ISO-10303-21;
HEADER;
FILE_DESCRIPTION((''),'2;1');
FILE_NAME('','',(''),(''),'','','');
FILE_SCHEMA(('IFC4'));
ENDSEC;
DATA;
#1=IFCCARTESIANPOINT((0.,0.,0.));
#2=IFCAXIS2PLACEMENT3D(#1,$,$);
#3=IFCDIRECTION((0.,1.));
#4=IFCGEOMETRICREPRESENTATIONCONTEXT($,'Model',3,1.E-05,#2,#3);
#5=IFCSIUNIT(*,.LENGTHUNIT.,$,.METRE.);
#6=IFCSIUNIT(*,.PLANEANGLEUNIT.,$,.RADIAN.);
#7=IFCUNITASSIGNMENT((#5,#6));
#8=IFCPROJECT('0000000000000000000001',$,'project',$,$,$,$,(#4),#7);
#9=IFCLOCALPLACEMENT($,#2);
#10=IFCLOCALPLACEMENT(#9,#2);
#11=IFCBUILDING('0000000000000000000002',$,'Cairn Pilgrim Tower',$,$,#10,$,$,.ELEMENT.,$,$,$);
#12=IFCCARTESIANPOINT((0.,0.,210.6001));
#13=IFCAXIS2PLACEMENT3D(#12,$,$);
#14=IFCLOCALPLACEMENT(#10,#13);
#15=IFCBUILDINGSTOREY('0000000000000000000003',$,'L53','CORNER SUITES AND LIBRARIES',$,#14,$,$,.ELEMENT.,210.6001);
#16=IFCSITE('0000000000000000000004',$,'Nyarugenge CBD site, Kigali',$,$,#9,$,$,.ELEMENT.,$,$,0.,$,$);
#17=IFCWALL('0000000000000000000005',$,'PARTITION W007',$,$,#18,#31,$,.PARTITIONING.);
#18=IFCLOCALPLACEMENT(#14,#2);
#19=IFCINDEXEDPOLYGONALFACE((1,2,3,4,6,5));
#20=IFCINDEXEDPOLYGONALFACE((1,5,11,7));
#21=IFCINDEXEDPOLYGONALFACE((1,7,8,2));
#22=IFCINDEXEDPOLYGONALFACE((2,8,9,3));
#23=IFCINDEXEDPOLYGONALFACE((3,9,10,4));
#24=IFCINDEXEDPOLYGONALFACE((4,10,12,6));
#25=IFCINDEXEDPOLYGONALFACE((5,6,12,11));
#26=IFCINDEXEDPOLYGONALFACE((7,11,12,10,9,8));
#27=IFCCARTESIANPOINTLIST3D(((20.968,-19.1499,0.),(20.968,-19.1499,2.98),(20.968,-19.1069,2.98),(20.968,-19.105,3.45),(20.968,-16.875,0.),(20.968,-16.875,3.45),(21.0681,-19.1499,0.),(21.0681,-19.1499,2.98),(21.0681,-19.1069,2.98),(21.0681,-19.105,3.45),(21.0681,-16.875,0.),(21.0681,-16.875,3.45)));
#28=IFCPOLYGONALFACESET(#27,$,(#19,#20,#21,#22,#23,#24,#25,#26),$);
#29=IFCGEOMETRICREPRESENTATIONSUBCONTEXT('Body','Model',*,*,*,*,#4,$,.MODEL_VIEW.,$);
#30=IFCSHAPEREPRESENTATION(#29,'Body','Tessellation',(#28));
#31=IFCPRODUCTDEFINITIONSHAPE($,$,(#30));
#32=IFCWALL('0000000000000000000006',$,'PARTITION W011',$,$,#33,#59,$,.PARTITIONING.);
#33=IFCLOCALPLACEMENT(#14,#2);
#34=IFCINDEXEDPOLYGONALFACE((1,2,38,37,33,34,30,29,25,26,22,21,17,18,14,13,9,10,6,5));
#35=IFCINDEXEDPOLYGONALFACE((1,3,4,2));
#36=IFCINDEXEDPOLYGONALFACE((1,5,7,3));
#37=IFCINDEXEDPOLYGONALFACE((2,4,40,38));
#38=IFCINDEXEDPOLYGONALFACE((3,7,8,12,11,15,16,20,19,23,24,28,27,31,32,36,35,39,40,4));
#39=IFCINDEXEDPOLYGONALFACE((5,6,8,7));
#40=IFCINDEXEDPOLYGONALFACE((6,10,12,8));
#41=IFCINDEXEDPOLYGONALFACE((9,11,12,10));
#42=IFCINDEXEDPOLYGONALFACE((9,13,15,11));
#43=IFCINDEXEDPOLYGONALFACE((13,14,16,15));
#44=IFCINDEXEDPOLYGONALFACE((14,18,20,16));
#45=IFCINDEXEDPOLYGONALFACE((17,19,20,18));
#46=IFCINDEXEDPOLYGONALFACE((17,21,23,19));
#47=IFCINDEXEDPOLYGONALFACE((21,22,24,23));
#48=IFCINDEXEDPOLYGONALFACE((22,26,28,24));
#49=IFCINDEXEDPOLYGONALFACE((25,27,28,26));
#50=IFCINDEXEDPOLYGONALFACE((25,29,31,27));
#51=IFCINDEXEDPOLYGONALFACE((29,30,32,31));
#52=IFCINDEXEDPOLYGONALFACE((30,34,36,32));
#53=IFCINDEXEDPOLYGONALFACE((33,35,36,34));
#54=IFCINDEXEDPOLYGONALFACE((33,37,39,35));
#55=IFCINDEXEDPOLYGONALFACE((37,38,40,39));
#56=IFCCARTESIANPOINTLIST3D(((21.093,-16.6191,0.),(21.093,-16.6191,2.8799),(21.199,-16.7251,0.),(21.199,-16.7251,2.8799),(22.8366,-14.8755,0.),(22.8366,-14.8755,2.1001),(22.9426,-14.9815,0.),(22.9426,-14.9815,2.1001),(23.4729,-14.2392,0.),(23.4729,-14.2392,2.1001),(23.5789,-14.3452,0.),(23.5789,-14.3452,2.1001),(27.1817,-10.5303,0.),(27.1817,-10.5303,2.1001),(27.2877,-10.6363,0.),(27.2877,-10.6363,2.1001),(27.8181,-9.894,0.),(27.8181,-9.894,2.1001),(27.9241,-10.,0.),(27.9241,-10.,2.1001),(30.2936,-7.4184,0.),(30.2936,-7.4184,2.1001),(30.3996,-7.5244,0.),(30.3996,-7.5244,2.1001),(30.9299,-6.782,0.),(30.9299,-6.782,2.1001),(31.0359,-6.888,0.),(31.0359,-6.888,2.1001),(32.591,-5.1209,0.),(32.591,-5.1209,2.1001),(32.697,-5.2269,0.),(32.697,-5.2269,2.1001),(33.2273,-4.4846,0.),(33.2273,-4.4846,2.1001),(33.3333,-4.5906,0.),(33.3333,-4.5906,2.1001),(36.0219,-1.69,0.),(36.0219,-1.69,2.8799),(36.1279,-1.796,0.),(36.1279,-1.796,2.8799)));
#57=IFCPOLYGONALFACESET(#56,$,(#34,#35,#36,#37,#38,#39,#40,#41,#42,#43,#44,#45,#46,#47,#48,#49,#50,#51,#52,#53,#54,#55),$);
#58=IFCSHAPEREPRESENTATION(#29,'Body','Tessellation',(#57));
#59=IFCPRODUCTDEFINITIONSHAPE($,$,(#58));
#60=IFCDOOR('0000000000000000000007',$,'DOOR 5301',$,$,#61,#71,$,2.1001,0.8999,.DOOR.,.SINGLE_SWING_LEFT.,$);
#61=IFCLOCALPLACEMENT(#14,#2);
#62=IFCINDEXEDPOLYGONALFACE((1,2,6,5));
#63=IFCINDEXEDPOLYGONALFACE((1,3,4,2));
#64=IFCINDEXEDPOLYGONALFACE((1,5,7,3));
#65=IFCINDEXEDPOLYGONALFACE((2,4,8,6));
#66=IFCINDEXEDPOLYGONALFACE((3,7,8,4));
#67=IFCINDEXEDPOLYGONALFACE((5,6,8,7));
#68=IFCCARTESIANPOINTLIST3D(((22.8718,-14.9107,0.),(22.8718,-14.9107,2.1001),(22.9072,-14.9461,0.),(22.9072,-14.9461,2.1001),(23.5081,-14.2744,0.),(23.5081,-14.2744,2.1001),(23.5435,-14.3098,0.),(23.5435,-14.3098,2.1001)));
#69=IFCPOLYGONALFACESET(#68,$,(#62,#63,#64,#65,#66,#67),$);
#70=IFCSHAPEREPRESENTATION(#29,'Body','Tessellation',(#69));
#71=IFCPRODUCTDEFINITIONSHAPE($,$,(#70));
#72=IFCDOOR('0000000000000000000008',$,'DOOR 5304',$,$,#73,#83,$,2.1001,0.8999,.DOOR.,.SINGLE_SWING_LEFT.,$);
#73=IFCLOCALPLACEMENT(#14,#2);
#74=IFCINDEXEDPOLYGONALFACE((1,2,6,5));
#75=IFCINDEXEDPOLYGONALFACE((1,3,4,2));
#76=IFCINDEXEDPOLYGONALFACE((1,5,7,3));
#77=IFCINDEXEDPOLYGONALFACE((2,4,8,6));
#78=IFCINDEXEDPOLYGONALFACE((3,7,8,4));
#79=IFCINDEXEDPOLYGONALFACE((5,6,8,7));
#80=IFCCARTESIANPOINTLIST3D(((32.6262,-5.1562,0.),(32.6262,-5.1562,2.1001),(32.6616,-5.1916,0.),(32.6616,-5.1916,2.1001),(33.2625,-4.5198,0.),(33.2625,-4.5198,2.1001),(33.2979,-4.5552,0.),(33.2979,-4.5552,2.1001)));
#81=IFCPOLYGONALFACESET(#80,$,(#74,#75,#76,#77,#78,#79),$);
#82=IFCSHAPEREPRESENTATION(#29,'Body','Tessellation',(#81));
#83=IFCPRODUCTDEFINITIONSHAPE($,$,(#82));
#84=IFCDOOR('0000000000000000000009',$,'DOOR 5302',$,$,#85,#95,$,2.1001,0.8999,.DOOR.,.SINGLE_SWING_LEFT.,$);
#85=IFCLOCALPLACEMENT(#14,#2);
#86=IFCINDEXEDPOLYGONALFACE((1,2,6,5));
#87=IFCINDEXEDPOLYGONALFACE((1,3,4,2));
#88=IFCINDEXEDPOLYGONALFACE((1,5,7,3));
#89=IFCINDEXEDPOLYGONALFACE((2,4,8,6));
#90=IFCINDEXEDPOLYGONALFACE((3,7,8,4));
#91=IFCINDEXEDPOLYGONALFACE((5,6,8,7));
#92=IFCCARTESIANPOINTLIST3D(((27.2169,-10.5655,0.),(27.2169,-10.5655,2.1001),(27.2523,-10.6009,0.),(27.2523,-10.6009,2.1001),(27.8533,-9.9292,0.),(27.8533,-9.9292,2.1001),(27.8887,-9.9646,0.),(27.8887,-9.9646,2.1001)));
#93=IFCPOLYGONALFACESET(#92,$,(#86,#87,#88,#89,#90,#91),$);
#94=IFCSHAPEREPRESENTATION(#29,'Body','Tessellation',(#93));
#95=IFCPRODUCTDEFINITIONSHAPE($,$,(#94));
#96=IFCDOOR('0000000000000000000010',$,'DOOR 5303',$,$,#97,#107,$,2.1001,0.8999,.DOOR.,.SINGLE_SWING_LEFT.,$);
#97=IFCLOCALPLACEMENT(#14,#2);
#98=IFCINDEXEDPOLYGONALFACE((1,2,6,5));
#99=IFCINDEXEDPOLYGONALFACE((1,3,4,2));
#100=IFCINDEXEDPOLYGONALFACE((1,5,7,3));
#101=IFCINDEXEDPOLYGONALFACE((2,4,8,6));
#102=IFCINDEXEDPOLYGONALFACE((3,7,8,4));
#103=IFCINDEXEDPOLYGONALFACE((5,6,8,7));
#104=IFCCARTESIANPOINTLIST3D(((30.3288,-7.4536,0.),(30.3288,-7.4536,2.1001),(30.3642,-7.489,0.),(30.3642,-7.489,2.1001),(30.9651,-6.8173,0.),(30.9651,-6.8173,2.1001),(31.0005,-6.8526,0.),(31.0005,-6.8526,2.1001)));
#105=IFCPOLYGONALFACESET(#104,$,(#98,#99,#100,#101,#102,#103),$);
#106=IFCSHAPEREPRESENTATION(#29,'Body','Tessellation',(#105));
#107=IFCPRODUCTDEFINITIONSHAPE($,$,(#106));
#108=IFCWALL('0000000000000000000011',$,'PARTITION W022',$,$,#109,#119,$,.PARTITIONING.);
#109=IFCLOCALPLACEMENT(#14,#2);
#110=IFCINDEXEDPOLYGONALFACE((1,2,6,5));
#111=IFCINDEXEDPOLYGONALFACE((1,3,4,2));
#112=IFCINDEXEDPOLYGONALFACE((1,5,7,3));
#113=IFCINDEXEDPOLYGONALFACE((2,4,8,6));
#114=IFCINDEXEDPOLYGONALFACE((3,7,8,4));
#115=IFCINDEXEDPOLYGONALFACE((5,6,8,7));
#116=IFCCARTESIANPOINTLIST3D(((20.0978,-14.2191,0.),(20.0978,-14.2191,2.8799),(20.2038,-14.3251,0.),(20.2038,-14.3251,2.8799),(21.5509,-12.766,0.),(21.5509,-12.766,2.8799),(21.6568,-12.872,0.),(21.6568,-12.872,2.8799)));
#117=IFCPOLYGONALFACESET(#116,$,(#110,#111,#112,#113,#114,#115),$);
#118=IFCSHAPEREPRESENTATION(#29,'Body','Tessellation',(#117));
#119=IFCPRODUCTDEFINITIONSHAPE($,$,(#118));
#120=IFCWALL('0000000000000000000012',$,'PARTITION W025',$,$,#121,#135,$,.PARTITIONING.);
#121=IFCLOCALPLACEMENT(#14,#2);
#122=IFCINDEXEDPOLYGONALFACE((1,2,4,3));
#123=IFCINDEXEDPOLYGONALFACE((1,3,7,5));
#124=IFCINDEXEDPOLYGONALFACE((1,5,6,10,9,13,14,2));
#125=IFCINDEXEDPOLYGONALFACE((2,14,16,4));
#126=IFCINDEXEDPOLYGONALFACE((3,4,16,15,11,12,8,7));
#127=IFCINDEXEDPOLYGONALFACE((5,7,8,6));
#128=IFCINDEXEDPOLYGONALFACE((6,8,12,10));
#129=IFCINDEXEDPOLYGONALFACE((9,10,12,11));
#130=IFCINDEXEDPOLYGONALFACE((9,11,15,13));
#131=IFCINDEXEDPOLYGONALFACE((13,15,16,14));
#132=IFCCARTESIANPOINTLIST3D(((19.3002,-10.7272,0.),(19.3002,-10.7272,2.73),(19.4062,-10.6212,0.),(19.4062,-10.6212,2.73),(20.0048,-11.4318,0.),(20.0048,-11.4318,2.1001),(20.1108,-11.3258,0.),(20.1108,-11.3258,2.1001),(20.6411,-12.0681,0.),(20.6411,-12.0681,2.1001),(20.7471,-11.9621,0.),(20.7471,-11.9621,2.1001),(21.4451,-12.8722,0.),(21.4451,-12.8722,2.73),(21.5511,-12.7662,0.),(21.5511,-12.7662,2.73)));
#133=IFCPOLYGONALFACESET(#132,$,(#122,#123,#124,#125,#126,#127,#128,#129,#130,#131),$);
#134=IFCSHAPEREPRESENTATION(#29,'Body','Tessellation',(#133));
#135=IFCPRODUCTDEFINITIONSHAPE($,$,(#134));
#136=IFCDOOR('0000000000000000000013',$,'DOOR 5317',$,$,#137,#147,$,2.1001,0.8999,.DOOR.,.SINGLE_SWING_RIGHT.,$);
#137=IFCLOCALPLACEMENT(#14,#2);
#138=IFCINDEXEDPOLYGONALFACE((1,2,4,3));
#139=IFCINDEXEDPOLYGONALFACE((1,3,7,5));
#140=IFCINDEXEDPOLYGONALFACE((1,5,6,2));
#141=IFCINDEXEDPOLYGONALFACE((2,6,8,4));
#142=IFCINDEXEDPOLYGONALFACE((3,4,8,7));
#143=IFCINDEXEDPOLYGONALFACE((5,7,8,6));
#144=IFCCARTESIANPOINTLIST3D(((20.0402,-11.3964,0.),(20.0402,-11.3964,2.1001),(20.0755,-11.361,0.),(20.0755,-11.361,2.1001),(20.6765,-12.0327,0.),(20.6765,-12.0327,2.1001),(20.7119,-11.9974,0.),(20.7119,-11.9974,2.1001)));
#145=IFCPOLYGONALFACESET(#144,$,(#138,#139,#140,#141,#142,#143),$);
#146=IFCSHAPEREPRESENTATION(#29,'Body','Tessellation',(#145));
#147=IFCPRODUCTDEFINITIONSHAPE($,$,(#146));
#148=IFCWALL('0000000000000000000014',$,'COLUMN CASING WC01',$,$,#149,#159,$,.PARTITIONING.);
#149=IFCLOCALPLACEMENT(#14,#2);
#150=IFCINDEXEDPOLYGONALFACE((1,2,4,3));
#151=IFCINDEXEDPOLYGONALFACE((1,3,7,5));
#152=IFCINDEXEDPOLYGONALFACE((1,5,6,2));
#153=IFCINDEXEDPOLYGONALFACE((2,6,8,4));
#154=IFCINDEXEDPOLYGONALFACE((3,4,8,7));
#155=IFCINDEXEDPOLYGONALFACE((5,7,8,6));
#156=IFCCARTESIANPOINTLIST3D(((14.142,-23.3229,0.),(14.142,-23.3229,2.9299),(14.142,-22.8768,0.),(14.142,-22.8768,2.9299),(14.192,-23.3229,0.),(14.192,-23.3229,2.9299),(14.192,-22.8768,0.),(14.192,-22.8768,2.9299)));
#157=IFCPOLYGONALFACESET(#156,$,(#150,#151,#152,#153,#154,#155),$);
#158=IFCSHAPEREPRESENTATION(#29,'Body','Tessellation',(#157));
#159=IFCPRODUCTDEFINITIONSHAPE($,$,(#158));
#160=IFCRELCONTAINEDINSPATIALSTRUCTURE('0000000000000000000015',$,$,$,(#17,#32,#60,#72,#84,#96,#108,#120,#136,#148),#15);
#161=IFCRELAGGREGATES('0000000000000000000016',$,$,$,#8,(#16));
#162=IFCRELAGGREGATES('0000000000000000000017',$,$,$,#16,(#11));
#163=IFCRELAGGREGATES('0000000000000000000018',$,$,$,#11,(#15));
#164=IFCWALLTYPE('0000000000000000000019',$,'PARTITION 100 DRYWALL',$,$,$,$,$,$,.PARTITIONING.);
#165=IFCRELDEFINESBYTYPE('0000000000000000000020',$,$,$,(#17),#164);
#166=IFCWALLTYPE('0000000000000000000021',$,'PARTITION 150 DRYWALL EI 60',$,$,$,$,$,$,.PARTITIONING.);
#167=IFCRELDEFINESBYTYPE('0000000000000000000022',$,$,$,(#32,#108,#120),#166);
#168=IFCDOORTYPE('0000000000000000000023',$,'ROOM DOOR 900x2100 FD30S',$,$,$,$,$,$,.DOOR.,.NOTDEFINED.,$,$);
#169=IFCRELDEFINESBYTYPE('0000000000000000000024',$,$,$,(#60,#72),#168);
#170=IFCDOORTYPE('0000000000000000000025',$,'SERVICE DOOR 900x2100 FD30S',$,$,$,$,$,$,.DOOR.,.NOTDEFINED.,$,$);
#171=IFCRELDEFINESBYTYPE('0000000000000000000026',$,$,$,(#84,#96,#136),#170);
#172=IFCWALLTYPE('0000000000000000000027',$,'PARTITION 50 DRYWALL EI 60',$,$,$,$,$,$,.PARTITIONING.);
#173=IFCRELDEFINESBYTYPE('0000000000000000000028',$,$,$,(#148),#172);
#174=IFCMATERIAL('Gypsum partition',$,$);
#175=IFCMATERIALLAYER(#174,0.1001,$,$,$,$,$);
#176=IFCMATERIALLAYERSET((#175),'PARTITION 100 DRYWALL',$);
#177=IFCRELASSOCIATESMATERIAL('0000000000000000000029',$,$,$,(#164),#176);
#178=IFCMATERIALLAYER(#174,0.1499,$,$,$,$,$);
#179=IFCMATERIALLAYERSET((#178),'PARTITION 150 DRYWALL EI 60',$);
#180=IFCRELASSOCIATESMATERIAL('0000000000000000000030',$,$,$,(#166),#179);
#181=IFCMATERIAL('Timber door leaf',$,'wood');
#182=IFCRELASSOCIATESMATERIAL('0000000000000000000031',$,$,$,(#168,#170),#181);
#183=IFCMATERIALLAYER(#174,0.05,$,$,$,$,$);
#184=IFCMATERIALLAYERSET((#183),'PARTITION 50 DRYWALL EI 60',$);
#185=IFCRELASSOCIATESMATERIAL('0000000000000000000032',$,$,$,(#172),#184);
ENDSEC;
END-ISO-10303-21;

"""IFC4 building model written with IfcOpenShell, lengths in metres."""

from ifc_helpers import new_model, si_unit, direction, frame, frame_2d, origin, place, context, subcontext, project, spatial, polyline, rectangle, outline, extrude, material, layer, layer_set, type_object, element, fill, save


model = new_model("IFC4")

# Units and contexts
model_context = context("Model", 3, precision=1e-05, world=origin(), true_north=direction((0.0, 1.0)))
body_context = subcontext(model_context, "Body", "Model", "MODEL_VIEW")
ifc_project = project(units=[si_unit("LENGTHUNIT", "METRE"), si_unit("PLANEANGLEUNIT", "RADIAN")], contexts=[model_context])

# Site, building, storey
site_placement = place(None, origin())
site = spatial("IfcSite", under=ifc_project, at=site_placement, Name="Nyarugenge CBD site, Kigali", CompositionType="ELEMENT", RefElevation=0.0)
building_placement = place(site_placement, origin())
building = spatial("IfcBuilding", under=site, at=building_placement, Name="Cairn Pilgrim Tower", CompositionType="ELEMENT")
storey_placement = place(building_placement, frame((0.0, 0.0, 210.6001)))
storey = spatial("IfcBuildingStorey", under=building, at=storey_placement, Name="L53", Description="CORNER SUITES AND LIBRARIES", CompositionType="ELEMENT", Elevation=210.6001)

# Shared definitions
ifc_material_1 = material(Name="Gypsum partition")
ifc_layer_1 = layer(ifc_material_1, 0.1001)
ifc_layer_set_1 = layer_set([ifc_layer_1], Name="PARTITION 100 DRYWALL")
wall_type_1 = type_object("IfcWallType", Name="PARTITION 100 DRYWALL", PredefinedType="PARTITIONING", material=ifc_layer_set_1)
ifc_material_2 = material(Name="Timber door leaf", Category="wood")

# Wall
wall_1_placement = place(storey_placement, frame((21.0181, -19.1499, 0.0), z_axis=(0.0, 0.0, 1.0), x_axis=(0.0, 1.0, 0.0)))
element("IfcWall", 1, at=wall_1_placement, inside=storey, type_object=wall_type_1, Name="PARTITION W007", PredefinedType="PARTITIONING", context=body_context, shape_type="SweptSolid", body=[
    extrude(outline(polyline([(0.0, 0.0), (2.2749, 0.0), (2.2749, 3.45), (0.0449, 3.45), (0.043, 2.98), (0.0, 2.98), (0.0, 0.0)])), frame((0.0, 0.05, 0.0), z_axis=(0.0, -1.0, 0.0), x_axis=(1.0, 0.0, 0.0)), (0.0, 0.0, 1.0), 0.1001),
])

# Wall, openings, doors
ifc_layer_2 = layer(ifc_material_1, 0.1499)
ifc_layer_set_2 = layer_set([ifc_layer_2], Name="PARTITION 150 DRYWALL EI 60")
wall_type_2 = type_object("IfcWallType", Name="PARTITION 150 DRYWALL EI 60", PredefinedType="PARTITIONING", material=ifc_layer_set_2)
wall_2_placement = place(storey_placement, frame((21.146, -16.6721, 0.0), z_axis=(0.0, 0.0, 1.0), x_axis=(0.707101, 0.707113, 0.0)))
wall_2 = element("IfcWall", 2, at=wall_2_placement, inside=storey, type_object=wall_type_2, Name="PARTITION W011", PredefinedType="PARTITIONING", context=body_context, shape_type="SweptSolid", body=[
    extrude(rectangle(XDim=21.1128, YDim=0.1499, at=frame_2d((10.5564, 0.0))), origin(), (0.0, 0.0, 1.0), 2.8799),
])
opening_1_placement = place(wall_2_placement, frame((2.4658, 0.0, 0.0)))
opening_1 = element("IfcOpeningElement", 3, at=opening_1_placement, cuts=wall_2, PredefinedType="OPENING", context=body_context, shape_type="SweptSolid", body=[
    extrude(rectangle(XDim=0.8999, YDim=2.1001, at=frame_2d((0.45, 1.05))), frame((0.0, 0.085, 0.0), z_axis=(0.0, -1.0, 0.0), x_axis=(1.0, 0.0, 0.0)), (0.0, 0.0, 1.0), 0.1699),
])
opening_2_placement = place(wall_2_placement, frame((8.6108, 0.0, 0.0)))
opening_2 = element("IfcOpeningElement", 4, at=opening_2_placement, cuts=wall_2, PredefinedType="OPENING", context=body_context, shape_type="SweptSolid", body=[
    extrude(rectangle(XDim=0.8999, YDim=2.1001, at=frame_2d((0.45, 1.05))), frame((0.0, 0.085, 0.0), z_axis=(0.0, -1.0, 0.0), x_axis=(1.0, 0.0, 0.0)), (0.0, 0.0, 1.0), 0.1699),
])
opening_3_placement = place(wall_2_placement, frame((13.0117, 0.0, 0.0)))
opening_3 = element("IfcOpeningElement", 5, at=opening_3_placement, cuts=wall_2, PredefinedType="OPENING", context=body_context, shape_type="SweptSolid", body=[
    extrude(rectangle(XDim=0.8999, YDim=2.1001, at=frame_2d((0.45, 1.05))), frame((0.0, 0.085, 0.0), z_axis=(0.0, -1.0, 0.0), x_axis=(1.0, 0.0, 0.0)), (0.0, 0.0, 1.0), 0.1699),
])
opening_4_placement = place(wall_2_placement, frame((16.2607, 0.0, 0.0)))
opening_4 = element("IfcOpeningElement", 6, at=opening_4_placement, cuts=wall_2, PredefinedType="OPENING", context=body_context, shape_type="SweptSolid", body=[
    extrude(rectangle(XDim=0.8999, YDim=2.1001, at=frame_2d((0.45, 1.05))), frame((0.0, 0.085, 0.0), z_axis=(0.0, -1.0, 0.0), x_axis=(1.0, 0.0, 0.0)), (0.0, 0.0, 1.0), 0.1699),
])
door_type_1 = type_object("IfcDoorType", Name="ROOM DOOR 900x2100 FD30S", OperationType="NOTDEFINED", PredefinedType="DOOR", material=ifc_material_2)
door_1_placement = place(opening_1_placement, frame((0.8999, 0.0, 0.0), z_axis=(0.0, 0.0, 1.0), x_axis=(-1.0, 0.0, 0.0)))
door_1 = element("IfcDoor", 7, at=door_1_placement, inside=storey, type_object=door_type_1, Name="DOOR 5301", OperationType="SINGLE_SWING_LEFT", OverallHeight=2.1001, OverallWidth=0.8999, PredefinedType="DOOR", context=body_context, shape_type="SweptSolid", body=[
    extrude(rectangle(XDim=0.8999, YDim=2.1001, at=frame_2d((0.45, 1.05))), frame((0.0, 0.0249, 0.0), z_axis=(0.0, -1.0, 0.0), x_axis=(1.0, 0.0, 0.0)), (0.0, 0.0, 1.0), 0.05),
])
fill(opening_1, door_1)
door_2_placement = place(opening_4_placement, frame((0.8999, 0.0, 0.0), z_axis=(0.0, 0.0, 1.0), x_axis=(-1.0, 0.0, 0.0)))
door_2 = element("IfcDoor", 8, at=door_2_placement, inside=storey, type_object=door_type_1, Name="DOOR 5304", OperationType="SINGLE_SWING_LEFT", OverallHeight=2.1001, OverallWidth=0.8999, PredefinedType="DOOR", context=body_context, shape_type="SweptSolid", body=[
    extrude(rectangle(XDim=0.8999, YDim=2.1001, at=frame_2d((0.45, 1.05))), frame((0.0, 0.0249, 0.0), z_axis=(0.0, -1.0, 0.0), x_axis=(1.0, 0.0, 0.0)), (0.0, 0.0, 1.0), 0.05),
])
fill(opening_4, door_2)
door_type_2 = type_object("IfcDoorType", Name="SERVICE DOOR 900x2100 FD30S", OperationType="NOTDEFINED", PredefinedType="DOOR", material=ifc_material_2)
door_3_placement = place(opening_2_placement, frame((0.8999, 0.0, 0.0), z_axis=(0.0, 0.0, 1.0), x_axis=(-1.0, 0.0, 0.0)))
door_3 = element("IfcDoor", 9, at=door_3_placement, inside=storey, type_object=door_type_2, Name="DOOR 5302", OperationType="SINGLE_SWING_LEFT", OverallHeight=2.1001, OverallWidth=0.8999, PredefinedType="DOOR", context=body_context, shape_type="SweptSolid", body=[
    extrude(rectangle(XDim=0.8999, YDim=2.1001, at=frame_2d((0.45, 1.05))), frame((0.0, 0.0249, 0.0), z_axis=(0.0, -1.0, 0.0), x_axis=(1.0, 0.0, 0.0)), (0.0, 0.0, 1.0), 0.05),
])
fill(opening_2, door_3)
door_4_placement = place(opening_3_placement, frame((0.8999, 0.0, 0.0), z_axis=(0.0, 0.0, 1.0), x_axis=(-1.0, 0.0, 0.0)))
door_4 = element("IfcDoor", 10, at=door_4_placement, inside=storey, type_object=door_type_2, Name="DOOR 5303", OperationType="SINGLE_SWING_LEFT", OverallHeight=2.1001, OverallWidth=0.8999, PredefinedType="DOOR", context=body_context, shape_type="SweptSolid", body=[
    extrude(rectangle(XDim=0.8999, YDim=2.1001, at=frame_2d((0.45, 1.05))), frame((0.0, 0.0249, 0.0), z_axis=(0.0, -1.0, 0.0), x_axis=(1.0, 0.0, 0.0)), (0.0, 0.0, 1.0), 0.05),
])
fill(opening_3, door_4)

# Wall
wall_3_placement = place(storey_placement, frame((20.1509, -14.272, 0.0), z_axis=(0.0, 0.0, 1.0), x_axis=(0.707107, 0.707107, 0.0)))
element("IfcWall", 11, at=wall_3_placement, inside=storey, type_object=wall_type_2, Name="PARTITION W022", PredefinedType="PARTITIONING", context=body_context, shape_type="SweptSolid", body=[
    extrude(rectangle(XDim=2.0549, YDim=0.1499, at=frame_2d((1.0273, 0.0))), origin(), (0.0, 0.0, 1.0), 2.8799),
])

# Wall, opening, door
wall_4_placement = place(storey_placement, frame((21.498, -12.8191, 0.0), z_axis=(0.0, 0.0, 1.0), x_axis=(-0.707107, 0.707107, 0.0)))
wall_4 = element("IfcWall", 12, at=wall_4_placement, inside=storey, type_object=wall_type_2, Name="PARTITION W025", PredefinedType="PARTITIONING", context=body_context, shape_type="SweptSolid", body=[
    extrude(rectangle(XDim=3.0334, YDim=0.1499, at=frame_2d((1.5166, 0.0))), origin(), (0.0, 0.0, 1.0), 2.73),
])
opening_5_placement = place(wall_4_placement, frame((1.137, 0.0, 0.0)))
opening_5 = element("IfcOpeningElement", 13, at=opening_5_placement, cuts=wall_4, PredefinedType="OPENING", context=body_context, shape_type="SweptSolid", body=[
    extrude(rectangle(XDim=0.8999, YDim=2.1001, at=frame_2d((0.45, 1.05))), frame((0.0, 0.085, 0.0), z_axis=(0.0, -1.0, 0.0), x_axis=(1.0, 0.0, 0.0)), (0.0, 0.0, 1.0), 0.1699),
])
door_5_placement = place(opening_5_placement, origin())
door_5 = element("IfcDoor", 14, at=door_5_placement, inside=storey, type_object=door_type_2, Name="DOOR 5317", OperationType="SINGLE_SWING_RIGHT", OverallHeight=2.1001, OverallWidth=0.8999, PredefinedType="DOOR", context=body_context, shape_type="SweptSolid", body=[
    extrude(rectangle(XDim=0.8999, YDim=2.1001, at=frame_2d((0.45, 1.05))), frame((0.0, 0.0249, 0.0), z_axis=(0.0, -1.0, 0.0), x_axis=(1.0, 0.0, 0.0)), (0.0, 0.0, 1.0), 0.05),
])
fill(opening_5, door_5)

# Wall
ifc_layer_3 = layer(ifc_material_1, 0.05)
ifc_layer_set_3 = layer_set([ifc_layer_3], Name="PARTITION 50 DRYWALL EI 60")
wall_type_3 = type_object("IfcWallType", Name="PARTITION 50 DRYWALL EI 60", PredefinedType="PARTITIONING", material=ifc_layer_set_3)
wall_5_placement = place(storey_placement, frame((14.167, -23.323, 0.0), z_axis=(0.0, 0.0, 1.0), x_axis=(0.0, 1.0, 0.0)))
element("IfcWall", 15, at=wall_5_placement, inside=storey, type_object=wall_type_3, Name="COLUMN CASING WC01", PredefinedType="PARTITIONING", context=body_context, shape_type="SweptSolid", body=[
    extrude(rectangle(XDim=0.446, YDim=0.05, at=frame_2d((0.2231, 0.0))), origin(), (0.0, 0.0, 1.0), 2.9299),
])

save(model, "model.ifc")
